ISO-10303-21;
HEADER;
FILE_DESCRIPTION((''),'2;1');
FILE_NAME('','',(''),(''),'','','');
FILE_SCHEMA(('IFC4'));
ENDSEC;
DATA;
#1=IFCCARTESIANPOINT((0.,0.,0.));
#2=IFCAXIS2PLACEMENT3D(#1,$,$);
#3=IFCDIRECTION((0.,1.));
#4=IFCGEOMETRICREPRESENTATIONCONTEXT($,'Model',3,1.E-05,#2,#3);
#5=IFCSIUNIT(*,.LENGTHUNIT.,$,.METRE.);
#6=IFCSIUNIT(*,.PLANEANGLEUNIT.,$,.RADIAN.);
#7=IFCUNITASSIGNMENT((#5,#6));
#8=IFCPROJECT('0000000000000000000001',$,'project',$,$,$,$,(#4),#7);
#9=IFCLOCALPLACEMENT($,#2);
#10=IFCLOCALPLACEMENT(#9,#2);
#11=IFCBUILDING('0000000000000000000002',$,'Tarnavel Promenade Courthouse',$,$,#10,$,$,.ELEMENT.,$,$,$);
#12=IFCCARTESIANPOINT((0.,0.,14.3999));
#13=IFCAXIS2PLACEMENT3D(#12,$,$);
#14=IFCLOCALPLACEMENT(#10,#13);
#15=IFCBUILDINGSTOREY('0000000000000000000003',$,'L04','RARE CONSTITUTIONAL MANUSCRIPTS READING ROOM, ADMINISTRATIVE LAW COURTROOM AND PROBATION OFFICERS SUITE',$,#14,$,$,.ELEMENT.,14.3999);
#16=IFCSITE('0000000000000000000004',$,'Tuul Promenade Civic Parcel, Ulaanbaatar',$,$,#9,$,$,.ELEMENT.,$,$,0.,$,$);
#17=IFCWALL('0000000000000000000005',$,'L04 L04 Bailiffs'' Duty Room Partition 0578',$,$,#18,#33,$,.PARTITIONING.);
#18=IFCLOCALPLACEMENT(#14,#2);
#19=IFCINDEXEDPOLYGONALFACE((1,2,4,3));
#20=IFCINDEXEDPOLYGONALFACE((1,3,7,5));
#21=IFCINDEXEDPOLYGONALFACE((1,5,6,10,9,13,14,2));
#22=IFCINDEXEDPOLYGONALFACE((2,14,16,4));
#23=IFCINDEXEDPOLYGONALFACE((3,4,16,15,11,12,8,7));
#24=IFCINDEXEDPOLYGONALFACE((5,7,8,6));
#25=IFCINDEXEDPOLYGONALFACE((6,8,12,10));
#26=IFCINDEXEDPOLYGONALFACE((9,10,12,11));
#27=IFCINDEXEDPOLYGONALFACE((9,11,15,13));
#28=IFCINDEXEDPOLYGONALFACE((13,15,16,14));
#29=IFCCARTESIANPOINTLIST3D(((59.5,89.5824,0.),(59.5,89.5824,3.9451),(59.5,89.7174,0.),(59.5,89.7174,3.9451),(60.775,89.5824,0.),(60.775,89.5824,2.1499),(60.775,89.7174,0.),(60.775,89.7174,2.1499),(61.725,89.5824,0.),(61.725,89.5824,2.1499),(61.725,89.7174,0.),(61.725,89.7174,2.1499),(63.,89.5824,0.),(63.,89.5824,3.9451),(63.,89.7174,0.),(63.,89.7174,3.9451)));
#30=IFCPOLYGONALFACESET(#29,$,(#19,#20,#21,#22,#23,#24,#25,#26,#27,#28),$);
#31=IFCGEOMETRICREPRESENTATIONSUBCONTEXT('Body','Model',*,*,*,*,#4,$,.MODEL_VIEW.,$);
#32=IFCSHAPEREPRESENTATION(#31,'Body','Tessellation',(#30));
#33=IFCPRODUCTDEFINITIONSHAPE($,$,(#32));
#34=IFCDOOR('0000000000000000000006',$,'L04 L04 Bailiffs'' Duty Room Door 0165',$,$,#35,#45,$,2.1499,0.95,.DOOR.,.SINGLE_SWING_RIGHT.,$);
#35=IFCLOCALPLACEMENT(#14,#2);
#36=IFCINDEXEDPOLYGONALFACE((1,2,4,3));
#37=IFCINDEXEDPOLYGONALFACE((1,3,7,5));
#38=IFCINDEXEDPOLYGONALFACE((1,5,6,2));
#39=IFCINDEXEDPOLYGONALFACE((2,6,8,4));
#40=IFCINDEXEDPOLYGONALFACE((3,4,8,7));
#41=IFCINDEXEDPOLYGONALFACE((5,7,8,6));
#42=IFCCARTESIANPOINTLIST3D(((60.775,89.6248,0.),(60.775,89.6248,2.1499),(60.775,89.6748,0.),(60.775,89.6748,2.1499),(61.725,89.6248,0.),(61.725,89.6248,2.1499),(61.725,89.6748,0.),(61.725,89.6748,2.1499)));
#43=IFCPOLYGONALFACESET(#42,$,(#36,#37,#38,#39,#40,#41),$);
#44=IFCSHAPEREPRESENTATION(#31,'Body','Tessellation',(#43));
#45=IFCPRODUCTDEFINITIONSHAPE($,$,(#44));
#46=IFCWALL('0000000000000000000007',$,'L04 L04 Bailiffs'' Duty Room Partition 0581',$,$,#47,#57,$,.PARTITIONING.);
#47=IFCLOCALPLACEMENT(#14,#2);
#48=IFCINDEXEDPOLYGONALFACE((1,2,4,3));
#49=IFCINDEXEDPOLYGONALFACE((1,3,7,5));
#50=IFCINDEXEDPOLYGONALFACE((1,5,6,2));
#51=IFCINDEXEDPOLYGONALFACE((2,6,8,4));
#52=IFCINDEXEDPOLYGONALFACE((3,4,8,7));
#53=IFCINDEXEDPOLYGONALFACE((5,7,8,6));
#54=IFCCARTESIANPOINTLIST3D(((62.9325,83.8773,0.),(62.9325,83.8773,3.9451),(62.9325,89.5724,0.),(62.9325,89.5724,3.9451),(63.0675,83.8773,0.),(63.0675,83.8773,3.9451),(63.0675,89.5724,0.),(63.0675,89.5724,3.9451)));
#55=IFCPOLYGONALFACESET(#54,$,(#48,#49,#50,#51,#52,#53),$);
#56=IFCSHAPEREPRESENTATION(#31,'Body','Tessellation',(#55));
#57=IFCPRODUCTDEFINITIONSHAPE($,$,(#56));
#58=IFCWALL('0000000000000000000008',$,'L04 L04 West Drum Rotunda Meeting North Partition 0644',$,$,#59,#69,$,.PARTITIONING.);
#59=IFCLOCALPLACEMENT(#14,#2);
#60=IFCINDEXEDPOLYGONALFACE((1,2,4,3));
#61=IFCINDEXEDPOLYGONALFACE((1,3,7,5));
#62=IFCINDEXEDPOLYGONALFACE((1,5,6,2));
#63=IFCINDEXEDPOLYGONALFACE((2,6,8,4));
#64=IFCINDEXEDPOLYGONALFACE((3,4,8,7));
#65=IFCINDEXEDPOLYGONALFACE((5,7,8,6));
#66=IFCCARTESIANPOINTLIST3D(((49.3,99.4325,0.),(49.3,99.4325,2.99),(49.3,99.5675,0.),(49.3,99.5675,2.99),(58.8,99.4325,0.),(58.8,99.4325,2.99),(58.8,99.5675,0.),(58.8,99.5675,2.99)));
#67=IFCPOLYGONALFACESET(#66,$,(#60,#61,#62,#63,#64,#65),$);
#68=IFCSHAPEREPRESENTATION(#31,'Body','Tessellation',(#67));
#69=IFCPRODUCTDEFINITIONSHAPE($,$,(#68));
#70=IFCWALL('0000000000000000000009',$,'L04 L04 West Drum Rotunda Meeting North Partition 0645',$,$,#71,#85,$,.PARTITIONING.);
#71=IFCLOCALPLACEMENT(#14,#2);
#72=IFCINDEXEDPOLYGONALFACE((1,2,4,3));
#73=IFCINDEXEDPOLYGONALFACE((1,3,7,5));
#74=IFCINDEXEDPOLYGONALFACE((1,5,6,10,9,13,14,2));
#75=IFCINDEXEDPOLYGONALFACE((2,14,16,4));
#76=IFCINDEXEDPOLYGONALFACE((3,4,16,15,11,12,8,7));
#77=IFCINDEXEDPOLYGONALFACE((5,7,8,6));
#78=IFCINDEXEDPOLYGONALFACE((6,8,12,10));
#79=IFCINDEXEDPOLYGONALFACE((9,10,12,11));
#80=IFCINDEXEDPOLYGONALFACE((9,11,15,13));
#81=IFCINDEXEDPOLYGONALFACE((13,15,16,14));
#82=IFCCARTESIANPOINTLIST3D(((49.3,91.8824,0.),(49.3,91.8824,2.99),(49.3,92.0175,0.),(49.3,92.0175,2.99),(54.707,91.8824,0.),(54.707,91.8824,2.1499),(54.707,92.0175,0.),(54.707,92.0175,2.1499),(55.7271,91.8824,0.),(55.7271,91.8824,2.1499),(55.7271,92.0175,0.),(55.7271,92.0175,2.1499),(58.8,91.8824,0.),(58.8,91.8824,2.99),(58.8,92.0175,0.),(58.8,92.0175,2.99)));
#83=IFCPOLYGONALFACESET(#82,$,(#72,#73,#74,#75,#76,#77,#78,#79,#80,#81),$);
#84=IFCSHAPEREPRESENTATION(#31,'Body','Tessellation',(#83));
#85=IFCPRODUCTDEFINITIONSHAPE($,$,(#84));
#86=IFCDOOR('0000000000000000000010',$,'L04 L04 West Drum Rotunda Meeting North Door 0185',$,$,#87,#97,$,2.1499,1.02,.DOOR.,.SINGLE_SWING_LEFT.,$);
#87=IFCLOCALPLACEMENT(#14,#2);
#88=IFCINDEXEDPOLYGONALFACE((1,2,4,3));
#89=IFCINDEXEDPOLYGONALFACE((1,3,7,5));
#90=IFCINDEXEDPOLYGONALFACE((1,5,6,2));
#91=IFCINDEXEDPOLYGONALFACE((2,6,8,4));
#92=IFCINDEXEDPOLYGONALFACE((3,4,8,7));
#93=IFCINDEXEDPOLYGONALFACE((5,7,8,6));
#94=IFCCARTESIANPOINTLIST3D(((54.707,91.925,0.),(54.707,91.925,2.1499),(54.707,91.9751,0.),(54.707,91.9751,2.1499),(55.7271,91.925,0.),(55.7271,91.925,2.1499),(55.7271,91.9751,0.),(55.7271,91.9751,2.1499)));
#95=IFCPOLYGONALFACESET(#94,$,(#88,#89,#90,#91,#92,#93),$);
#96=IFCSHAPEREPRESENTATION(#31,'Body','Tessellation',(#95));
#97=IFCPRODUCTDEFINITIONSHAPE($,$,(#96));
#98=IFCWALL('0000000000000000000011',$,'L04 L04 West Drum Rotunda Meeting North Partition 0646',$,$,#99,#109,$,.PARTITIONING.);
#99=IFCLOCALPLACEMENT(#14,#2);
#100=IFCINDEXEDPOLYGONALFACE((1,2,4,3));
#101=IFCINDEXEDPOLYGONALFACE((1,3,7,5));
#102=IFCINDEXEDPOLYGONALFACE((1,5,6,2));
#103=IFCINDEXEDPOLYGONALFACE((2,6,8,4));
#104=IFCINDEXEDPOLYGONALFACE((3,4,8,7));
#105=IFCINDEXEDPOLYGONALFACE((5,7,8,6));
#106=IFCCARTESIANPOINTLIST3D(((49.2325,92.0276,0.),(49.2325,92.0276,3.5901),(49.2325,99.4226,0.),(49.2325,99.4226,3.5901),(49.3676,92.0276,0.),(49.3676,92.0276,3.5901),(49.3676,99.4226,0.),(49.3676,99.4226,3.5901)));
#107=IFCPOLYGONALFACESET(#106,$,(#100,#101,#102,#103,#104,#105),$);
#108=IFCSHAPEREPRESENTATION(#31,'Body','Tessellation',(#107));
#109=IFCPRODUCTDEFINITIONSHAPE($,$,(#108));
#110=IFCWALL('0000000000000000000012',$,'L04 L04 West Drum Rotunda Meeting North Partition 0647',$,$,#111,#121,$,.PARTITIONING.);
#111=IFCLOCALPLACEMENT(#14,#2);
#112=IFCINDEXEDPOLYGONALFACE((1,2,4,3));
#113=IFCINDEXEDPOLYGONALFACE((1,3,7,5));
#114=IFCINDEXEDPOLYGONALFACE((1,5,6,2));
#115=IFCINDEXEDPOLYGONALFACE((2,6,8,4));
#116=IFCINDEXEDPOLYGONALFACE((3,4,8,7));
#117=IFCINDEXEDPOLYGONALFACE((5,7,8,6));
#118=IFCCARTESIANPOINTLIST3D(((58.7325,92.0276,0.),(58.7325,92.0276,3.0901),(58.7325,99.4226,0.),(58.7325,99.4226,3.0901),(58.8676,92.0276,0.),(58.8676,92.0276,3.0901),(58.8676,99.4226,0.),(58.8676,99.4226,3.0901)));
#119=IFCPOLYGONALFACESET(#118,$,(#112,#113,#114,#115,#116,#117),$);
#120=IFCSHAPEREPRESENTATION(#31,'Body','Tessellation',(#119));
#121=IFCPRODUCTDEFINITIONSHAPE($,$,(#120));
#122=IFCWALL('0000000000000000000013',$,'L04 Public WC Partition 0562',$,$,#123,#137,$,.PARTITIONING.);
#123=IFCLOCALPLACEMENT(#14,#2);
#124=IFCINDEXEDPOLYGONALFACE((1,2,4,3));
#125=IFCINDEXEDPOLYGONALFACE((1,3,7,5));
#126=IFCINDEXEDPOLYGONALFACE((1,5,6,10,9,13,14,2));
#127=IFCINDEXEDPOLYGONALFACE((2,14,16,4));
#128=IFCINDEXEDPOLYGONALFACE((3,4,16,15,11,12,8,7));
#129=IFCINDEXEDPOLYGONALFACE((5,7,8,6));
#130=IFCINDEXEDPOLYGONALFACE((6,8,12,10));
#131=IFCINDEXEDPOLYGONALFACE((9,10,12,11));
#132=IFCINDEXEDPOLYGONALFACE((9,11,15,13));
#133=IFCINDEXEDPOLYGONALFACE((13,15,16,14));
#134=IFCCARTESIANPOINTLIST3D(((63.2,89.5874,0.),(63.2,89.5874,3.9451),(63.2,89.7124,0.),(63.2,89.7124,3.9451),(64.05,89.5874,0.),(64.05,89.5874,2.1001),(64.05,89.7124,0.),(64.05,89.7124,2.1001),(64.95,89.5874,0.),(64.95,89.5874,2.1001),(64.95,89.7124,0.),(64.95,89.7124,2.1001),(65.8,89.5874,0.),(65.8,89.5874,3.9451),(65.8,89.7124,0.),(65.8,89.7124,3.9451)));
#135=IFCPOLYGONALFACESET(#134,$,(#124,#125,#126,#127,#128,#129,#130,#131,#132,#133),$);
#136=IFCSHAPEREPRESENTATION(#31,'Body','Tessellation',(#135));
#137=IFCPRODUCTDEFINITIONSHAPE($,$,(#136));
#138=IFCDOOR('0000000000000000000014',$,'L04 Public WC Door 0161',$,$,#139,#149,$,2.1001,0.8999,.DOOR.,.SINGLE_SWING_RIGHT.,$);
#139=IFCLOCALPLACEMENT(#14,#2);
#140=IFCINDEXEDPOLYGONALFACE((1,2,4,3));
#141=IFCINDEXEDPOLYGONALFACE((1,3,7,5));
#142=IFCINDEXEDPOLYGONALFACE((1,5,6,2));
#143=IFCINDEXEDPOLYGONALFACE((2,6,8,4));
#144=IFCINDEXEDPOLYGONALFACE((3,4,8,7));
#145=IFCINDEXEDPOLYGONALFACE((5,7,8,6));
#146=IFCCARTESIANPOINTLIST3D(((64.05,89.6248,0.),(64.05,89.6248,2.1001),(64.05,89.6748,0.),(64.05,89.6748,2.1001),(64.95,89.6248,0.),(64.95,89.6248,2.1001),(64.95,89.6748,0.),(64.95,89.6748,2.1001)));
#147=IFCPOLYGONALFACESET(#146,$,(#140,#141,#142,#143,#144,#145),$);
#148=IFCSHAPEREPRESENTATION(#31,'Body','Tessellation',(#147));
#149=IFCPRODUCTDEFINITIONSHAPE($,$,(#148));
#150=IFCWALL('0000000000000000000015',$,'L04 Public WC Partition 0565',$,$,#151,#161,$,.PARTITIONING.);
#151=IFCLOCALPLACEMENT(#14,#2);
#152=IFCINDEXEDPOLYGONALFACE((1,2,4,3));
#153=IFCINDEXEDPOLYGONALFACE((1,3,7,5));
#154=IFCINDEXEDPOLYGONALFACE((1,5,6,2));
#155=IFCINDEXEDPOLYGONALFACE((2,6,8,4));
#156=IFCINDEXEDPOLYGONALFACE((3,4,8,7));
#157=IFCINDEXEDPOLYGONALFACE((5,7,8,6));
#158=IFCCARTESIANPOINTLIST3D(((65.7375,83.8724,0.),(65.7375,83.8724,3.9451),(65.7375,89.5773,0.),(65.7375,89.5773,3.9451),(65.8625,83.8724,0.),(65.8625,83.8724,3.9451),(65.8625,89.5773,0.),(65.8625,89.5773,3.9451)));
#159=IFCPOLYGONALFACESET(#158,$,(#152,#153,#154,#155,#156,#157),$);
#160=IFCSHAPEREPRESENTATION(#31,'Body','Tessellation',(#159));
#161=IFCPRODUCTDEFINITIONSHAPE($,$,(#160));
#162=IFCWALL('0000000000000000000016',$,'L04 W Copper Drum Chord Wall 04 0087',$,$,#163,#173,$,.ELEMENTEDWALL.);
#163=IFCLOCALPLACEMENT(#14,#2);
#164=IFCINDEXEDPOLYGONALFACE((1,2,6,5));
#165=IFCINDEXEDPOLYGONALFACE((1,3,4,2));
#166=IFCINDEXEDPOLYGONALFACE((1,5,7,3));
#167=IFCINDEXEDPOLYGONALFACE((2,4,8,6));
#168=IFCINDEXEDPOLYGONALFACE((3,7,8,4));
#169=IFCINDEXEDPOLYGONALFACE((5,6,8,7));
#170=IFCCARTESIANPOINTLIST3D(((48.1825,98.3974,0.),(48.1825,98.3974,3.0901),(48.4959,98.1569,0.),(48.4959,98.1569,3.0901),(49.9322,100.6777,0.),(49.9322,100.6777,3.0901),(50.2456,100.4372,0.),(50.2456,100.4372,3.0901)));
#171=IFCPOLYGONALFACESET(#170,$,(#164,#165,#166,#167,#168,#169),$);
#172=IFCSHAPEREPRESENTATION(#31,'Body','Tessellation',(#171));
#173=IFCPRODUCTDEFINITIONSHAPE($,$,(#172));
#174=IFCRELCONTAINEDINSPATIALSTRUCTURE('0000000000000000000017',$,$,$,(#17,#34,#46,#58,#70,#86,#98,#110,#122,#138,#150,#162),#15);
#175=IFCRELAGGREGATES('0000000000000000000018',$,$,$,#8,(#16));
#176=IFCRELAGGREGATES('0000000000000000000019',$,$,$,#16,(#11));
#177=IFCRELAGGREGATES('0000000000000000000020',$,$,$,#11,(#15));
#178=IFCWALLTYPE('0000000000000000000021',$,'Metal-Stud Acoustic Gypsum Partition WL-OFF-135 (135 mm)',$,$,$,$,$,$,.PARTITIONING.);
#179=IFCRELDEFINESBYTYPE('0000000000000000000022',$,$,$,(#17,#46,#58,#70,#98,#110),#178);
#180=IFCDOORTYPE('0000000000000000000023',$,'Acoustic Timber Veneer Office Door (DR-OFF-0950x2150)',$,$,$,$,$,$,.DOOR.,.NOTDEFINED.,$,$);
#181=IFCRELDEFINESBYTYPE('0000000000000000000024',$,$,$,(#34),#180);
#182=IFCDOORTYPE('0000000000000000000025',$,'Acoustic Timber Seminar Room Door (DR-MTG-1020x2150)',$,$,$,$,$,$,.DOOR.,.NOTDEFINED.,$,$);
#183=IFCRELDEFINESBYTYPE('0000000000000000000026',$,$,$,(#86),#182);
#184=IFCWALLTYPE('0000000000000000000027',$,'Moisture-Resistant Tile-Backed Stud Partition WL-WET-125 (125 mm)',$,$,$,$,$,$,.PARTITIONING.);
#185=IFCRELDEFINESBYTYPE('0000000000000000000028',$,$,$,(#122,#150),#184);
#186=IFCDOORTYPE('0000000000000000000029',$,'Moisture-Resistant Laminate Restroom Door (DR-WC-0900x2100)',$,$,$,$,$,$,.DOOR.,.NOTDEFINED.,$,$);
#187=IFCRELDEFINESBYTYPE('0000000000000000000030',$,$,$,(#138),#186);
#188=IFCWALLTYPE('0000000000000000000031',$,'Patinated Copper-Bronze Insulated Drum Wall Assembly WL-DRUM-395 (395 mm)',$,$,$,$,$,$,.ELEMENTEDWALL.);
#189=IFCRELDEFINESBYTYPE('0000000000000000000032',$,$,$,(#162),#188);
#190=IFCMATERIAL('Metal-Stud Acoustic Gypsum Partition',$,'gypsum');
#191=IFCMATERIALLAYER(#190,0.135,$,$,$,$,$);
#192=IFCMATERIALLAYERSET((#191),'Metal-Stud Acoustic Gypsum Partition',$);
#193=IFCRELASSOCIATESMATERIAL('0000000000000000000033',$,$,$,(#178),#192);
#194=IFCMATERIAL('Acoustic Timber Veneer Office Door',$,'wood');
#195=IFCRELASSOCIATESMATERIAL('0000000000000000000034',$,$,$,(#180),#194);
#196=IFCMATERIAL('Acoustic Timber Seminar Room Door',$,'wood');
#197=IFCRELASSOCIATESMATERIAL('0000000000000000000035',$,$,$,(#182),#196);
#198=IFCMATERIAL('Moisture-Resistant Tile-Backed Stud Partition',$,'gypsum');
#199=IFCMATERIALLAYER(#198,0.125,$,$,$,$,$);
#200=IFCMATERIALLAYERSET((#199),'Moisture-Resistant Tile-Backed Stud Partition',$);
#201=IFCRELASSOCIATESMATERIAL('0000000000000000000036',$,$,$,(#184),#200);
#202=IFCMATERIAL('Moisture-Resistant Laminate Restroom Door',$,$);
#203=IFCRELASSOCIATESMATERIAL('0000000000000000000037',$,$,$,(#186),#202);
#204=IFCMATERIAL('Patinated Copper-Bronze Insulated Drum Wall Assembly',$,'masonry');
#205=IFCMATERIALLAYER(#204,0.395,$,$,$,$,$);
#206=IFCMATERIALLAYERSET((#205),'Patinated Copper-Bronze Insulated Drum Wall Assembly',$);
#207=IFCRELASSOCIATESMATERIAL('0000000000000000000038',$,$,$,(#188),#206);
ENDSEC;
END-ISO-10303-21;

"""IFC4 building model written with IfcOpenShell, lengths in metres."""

from ifc_helpers import new_model, si_unit, direction, frame, frame_2d, origin, place, context, subcontext, project, spatial, rectangle, extrude, material, layer, layer_set, type_object, element, fill, save


model = new_model("IFC4")

# Units and contexts
model_context = context("Model", 3, precision=1e-05, world=origin(), true_north=direction((0.0, 1.0)))
body_context = subcontext(model_context, "Body", "Model", "MODEL_VIEW")
ifc_project = project(units=[si_unit("LENGTHUNIT", "METRE"), si_unit("PLANEANGLEUNIT", "RADIAN")], contexts=[model_context])

# Site, building, storey
site_placement = place(None, origin())
site = spatial("IfcSite", under=ifc_project, at=site_placement, Name="Tuul Promenade Civic Parcel, Ulaanbaatar", CompositionType="ELEMENT", RefElevation=0.0)
building_placement = place(site_placement, origin())
building = spatial("IfcBuilding", under=site, at=building_placement, Name="Tarnavel Promenade Courthouse", CompositionType="ELEMENT")
storey_placement = place(building_placement, frame((0.0, 0.0, 14.3999)))
storey = spatial("IfcBuildingStorey", under=building, at=storey_placement, Name="L04", Description="RARE CONSTITUTIONAL MANUSCRIPTS READING ROOM, ADMINISTRATIVE LAW COURTROOM AND PROBATION OFFICERS SUITE", CompositionType="ELEMENT", Elevation=14.3999)

# Wall, opening, door
ifc_material_1 = material(Name="Metal-Stud Acoustic Gypsum Partition", Category="gypsum")
ifc_layer_1 = layer(ifc_material_1, 0.135)
ifc_layer_set_1 = layer_set([ifc_layer_1], Name="Metal-Stud Acoustic Gypsum Partition")
wall_type_1 = type_object("IfcWallType", Name="Metal-Stud Acoustic Gypsum Partition WL-OFF-135 (135 mm)", PredefinedType="PARTITIONING", material=ifc_layer_set_1)
wall_1_placement = place(storey_placement, frame((59.5, 89.6499, 0.0), z_axis=(0.0, 0.0, 1.0), x_axis=(1.0, 0.0, 0.0)))
wall_1 = element("IfcWall", 1, at=wall_1_placement, inside=storey, type_object=wall_type_1, Name="L04 L04 Bailiffs' Duty Room Partition 0578", PredefinedType="PARTITIONING", context=body_context, shape_type="SweptSolid", body=[
    extrude(rectangle(XDim=3.5, YDim=0.135, at=frame_2d((1.75, 0.0))), origin(), (0.0, 0.0, 1.0), 3.9451),
])
opening_1_placement = place(wall_1_placement, frame((1.2749, 0.0, 0.0)))
opening_1 = element("IfcOpeningElement", 2, at=opening_1_placement, cuts=wall_1, PredefinedType="OPENING", context=body_context, shape_type="SweptSolid", body=[
    extrude(rectangle(XDim=0.95, YDim=2.1499, at=frame_2d((0.4751, 1.075))), frame((0.0, 0.0774, 0.0), z_axis=(0.0, -1.0, 0.0), x_axis=(1.0, 0.0, 0.0)), (0.0, 0.0, 1.0), 0.155),
])
ifc_material_2 = material(Name="Acoustic Timber Veneer Office Door", Category="wood")
door_type_1 = type_object("IfcDoorType", Name="Acoustic Timber Veneer Office Door (DR-OFF-0950x2150)", OperationType="NOTDEFINED", PredefinedType="DOOR", material=ifc_material_2)
door_1_placement = place(opening_1_placement, origin())
door_1 = element("IfcDoor", 3, at=door_1_placement, inside=storey, type_object=door_type_1, Name="L04 L04 Bailiffs' Duty Room Door 0165", OperationType="SINGLE_SWING_RIGHT", OverallHeight=2.1499, OverallWidth=0.95, PredefinedType="DOOR", context=body_context, shape_type="SweptSolid", body=[
    extrude(rectangle(XDim=0.95, YDim=2.1499, at=frame_2d((0.4751, 1.075))), frame((0.0, 0.0249, 0.0), z_axis=(0.0, -1.0, 0.0), x_axis=(1.0, 0.0, 0.0)), (0.0, 0.0, 1.0), 0.05),
])
fill(opening_1, door_1)

# Walls
wall_2_placement = place(storey_placement, frame((63.0, 89.5725, 0.0), z_axis=(0.0, 0.0, 1.0), x_axis=(0.0, -1.0, 0.0)))
element("IfcWall", 4, at=wall_2_placement, inside=storey, type_object=wall_type_1, Name="L04 L04 Bailiffs' Duty Room Partition 0581", PredefinedType="PARTITIONING", context=body_context, shape_type="SweptSolid", body=[
    extrude(rectangle(XDim=5.6951, YDim=0.135, at=frame_2d((2.8477, 0.0))), origin(), (0.0, 0.0, 1.0), 3.9451),
])
wall_3_placement = place(storey_placement, frame((49.3, 99.5, 0.0), z_axis=(0.0, 0.0, 1.0), x_axis=(1.0, 0.0, 0.0)))
element("IfcWall", 5, at=wall_3_placement, inside=storey, type_object=wall_type_1, Name="L04 L04 West Drum Rotunda Meeting North Partition 0644", PredefinedType="PARTITIONING", context=body_context, shape_type="SweptSolid", body=[
    extrude(rectangle(XDim=9.5, YDim=0.135, at=frame_2d((4.75, 0.0))), origin(), (0.0, 0.0, 1.0), 2.99),
])

# Wall, opening, door
wall_4_placement = place(storey_placement, frame((58.8, 91.95, 0.0), z_axis=(0.0, 0.0, 1.0), x_axis=(-1.0, 0.0, 0.0)))
wall_4 = element("IfcWall", 6, at=wall_4_placement, inside=storey, type_object=wall_type_1, Name="L04 L04 West Drum Rotunda Meeting North Partition 0645", PredefinedType="PARTITIONING", context=body_context, shape_type="SweptSolid", body=[
    extrude(rectangle(XDim=9.5, YDim=0.135, at=frame_2d((4.75, 0.0))), origin(), (0.0, 0.0, 1.0), 2.99),
])
opening_2_placement = place(wall_4_placement, frame((3.073, 0.0, 0.0)))
opening_2 = element("IfcOpeningElement", 7, at=opening_2_placement, cuts=wall_4, PredefinedType="OPENING", context=body_context, shape_type="SweptSolid", body=[
    extrude(rectangle(XDim=1.02, YDim=2.1499, at=frame_2d((0.51, 1.075))), frame((0.0, 0.0774, 0.0), z_axis=(0.0, -1.0, 0.0), x_axis=(1.0, 0.0, 0.0)), (0.0, 0.0, 1.0), 0.155),
])
ifc_material_3 = material(Name="Acoustic Timber Seminar Room Door", Category="wood")
door_type_2 = type_object("IfcDoorType", Name="Acoustic Timber Seminar Room Door (DR-MTG-1020x2150)", OperationType="NOTDEFINED", PredefinedType="DOOR", material=ifc_material_3)
door_2_placement = place(opening_2_placement, origin())
door_2 = element("IfcDoor", 8, at=door_2_placement, inside=storey, type_object=door_type_2, Name="L04 L04 West Drum Rotunda Meeting North Door 0185", OperationType="SINGLE_SWING_LEFT", OverallHeight=2.1499, OverallWidth=1.02, PredefinedType="DOOR", context=body_context, shape_type="SweptSolid", body=[
    extrude(rectangle(XDim=1.02, YDim=2.1499, at=frame_2d((0.51, 1.075))), frame((0.0, 0.0249, 0.0), z_axis=(0.0, -1.0, 0.0), x_axis=(1.0, 0.0, 0.0)), (0.0, 0.0, 1.0), 0.05),
])
fill(opening_2, door_2)

# Walls
wall_5_placement = place(storey_placement, frame((49.3, 92.0276, 0.0), z_axis=(0.0, 0.0, 1.0), x_axis=(0.0, 1.0, 0.0)))
element("IfcWall", 9, at=wall_5_placement, inside=storey, type_object=wall_type_1, Name="L04 L04 West Drum Rotunda Meeting North Partition 0646", PredefinedType="PARTITIONING", context=body_context, shape_type="SweptSolid", body=[
    extrude(rectangle(XDim=7.395, YDim=0.135, at=frame_2d((3.6975, 0.0))), origin(), (0.0, 0.0, 1.0), 3.5901),
])
wall_6_placement = place(storey_placement, frame((58.8, 99.4226, 0.0), z_axis=(0.0, 0.0, 1.0), x_axis=(0.0, -1.0, 0.0)))
element("IfcWall", 10, at=wall_6_placement, inside=storey, type_object=wall_type_1, Name="L04 L04 West Drum Rotunda Meeting North Partition 0647", PredefinedType="PARTITIONING", context=body_context, shape_type="SweptSolid", body=[
    extrude(rectangle(XDim=7.395, YDim=0.135, at=frame_2d((3.6975, 0.0))), origin(), (0.0, 0.0, 1.0), 3.0901),
])

# Wall, opening, door
ifc_material_4 = material(Name="Moisture-Resistant Tile-Backed Stud Partition", Category="gypsum")
ifc_layer_2 = layer(ifc_material_4, 0.125)
ifc_layer_set_2 = layer_set([ifc_layer_2], Name="Moisture-Resistant Tile-Backed Stud Partition")
wall_type_2 = type_object("IfcWallType", Name="Moisture-Resistant Tile-Backed Stud Partition WL-WET-125 (125 mm)", PredefinedType="PARTITIONING", material=ifc_layer_set_2)
wall_7_placement = place(storey_placement, frame((63.2, 89.6499, 0.0), z_axis=(0.0, 0.0, 1.0), x_axis=(1.0, 0.0, 0.0)))
wall_7 = element("IfcWall", 11, at=wall_7_placement, inside=storey, type_object=wall_type_2, Name="L04 Public WC Partition 0562", PredefinedType="PARTITIONING", context=body_context, shape_type="SweptSolid", body=[
    extrude(rectangle(XDim=2.6001, YDim=0.125, at=frame_2d((1.3, 0.0))), origin(), (0.0, 0.0, 1.0), 3.9451),
])
opening_3_placement = place(wall_7_placement, frame((0.8501, 0.0, 0.0)))
opening_3 = element("IfcOpeningElement", 12, at=opening_3_placement, cuts=wall_7, PredefinedType="OPENING", context=body_context, shape_type="SweptSolid", body=[
    extrude(rectangle(XDim=0.8999, YDim=2.1001, at=frame_2d((0.45, 1.05))), frame((0.0, 0.0725, 0.0), z_axis=(0.0, -1.0, 0.0), x_axis=(1.0, 0.0, 0.0)), (0.0, 0.0, 1.0), 0.145),
])
ifc_material_5 = material(Name="Moisture-Resistant Laminate Restroom Door")
door_type_3 = type_object("IfcDoorType", Name="Moisture-Resistant Laminate Restroom Door (DR-WC-0900x2100)", OperationType="NOTDEFINED", PredefinedType="DOOR", material=ifc_material_5)
door_3_placement = place(opening_3_placement, origin())
door_3 = element("IfcDoor", 13, at=door_3_placement, inside=storey, type_object=door_type_3, Name="L04 Public WC Door 0161", OperationType="SINGLE_SWING_RIGHT", OverallHeight=2.1001, OverallWidth=0.8999, PredefinedType="DOOR", context=body_context, shape_type="SweptSolid", body=[
    extrude(rectangle(XDim=0.8999, YDim=2.1001, at=frame_2d((0.45, 1.05))), frame((0.0, 0.0249, 0.0), z_axis=(0.0, -1.0, 0.0), x_axis=(1.0, 0.0, 0.0)), (0.0, 0.0, 1.0), 0.05),
])
fill(opening_3, door_3)

# Walls
wall_8_placement = place(storey_placement, frame((65.8, 89.5774, 0.0), z_axis=(0.0, 0.0, 1.0), x_axis=(0.0, -1.0, 0.0)))
element("IfcWall", 14, at=wall_8_placement, inside=storey, type_object=wall_type_2, Name="L04 Public WC Partition 0565", PredefinedType="PARTITIONING", context=body_context, shape_type="SweptSolid", body=[
    extrude(rectangle(XDim=5.7048, YDim=0.125, at=frame_2d((2.8525, 0.0))), origin(), (0.0, 0.0, 1.0), 3.9451),
])
ifc_material_6 = material(Name="Patinated Copper-Bronze Insulated Drum Wall Assembly", Category="masonry")
ifc_layer_3 = layer(ifc_material_6, 0.395)
ifc_layer_set_3 = layer_set([ifc_layer_3], Name="Patinated Copper-Bronze Insulated Drum Wall Assembly")
wall_type_3 = type_object("IfcWallType", Name="Patinated Copper-Bronze Insulated Drum Wall Assembly WL-DRUM-395 (395 mm)", PredefinedType="ELEMENTEDWALL", material=ifc_layer_set_3)
wall_9_placement = place(storey_placement, frame((50.0889, 100.5574, 0.0), z_axis=(0.0, 0.0, 1.0), x_axis=(-0.60877, -0.793347, 0.0)))
element("IfcWall", 15, at=wall_9_placement, inside=storey, type_object=wall_type_3, Name="L04 W Copper Drum Chord Wall 04 0087", PredefinedType="ELEMENTEDWALL", context=body_context, shape_type="SweptSolid", body=[
    extrude(rectangle(XDim=2.8743, YDim=0.395, at=frame_2d((1.437, 0.0))), origin(), (0.0, 0.0, 1.0), 3.0901),
])

save(model, "model.ifc")
